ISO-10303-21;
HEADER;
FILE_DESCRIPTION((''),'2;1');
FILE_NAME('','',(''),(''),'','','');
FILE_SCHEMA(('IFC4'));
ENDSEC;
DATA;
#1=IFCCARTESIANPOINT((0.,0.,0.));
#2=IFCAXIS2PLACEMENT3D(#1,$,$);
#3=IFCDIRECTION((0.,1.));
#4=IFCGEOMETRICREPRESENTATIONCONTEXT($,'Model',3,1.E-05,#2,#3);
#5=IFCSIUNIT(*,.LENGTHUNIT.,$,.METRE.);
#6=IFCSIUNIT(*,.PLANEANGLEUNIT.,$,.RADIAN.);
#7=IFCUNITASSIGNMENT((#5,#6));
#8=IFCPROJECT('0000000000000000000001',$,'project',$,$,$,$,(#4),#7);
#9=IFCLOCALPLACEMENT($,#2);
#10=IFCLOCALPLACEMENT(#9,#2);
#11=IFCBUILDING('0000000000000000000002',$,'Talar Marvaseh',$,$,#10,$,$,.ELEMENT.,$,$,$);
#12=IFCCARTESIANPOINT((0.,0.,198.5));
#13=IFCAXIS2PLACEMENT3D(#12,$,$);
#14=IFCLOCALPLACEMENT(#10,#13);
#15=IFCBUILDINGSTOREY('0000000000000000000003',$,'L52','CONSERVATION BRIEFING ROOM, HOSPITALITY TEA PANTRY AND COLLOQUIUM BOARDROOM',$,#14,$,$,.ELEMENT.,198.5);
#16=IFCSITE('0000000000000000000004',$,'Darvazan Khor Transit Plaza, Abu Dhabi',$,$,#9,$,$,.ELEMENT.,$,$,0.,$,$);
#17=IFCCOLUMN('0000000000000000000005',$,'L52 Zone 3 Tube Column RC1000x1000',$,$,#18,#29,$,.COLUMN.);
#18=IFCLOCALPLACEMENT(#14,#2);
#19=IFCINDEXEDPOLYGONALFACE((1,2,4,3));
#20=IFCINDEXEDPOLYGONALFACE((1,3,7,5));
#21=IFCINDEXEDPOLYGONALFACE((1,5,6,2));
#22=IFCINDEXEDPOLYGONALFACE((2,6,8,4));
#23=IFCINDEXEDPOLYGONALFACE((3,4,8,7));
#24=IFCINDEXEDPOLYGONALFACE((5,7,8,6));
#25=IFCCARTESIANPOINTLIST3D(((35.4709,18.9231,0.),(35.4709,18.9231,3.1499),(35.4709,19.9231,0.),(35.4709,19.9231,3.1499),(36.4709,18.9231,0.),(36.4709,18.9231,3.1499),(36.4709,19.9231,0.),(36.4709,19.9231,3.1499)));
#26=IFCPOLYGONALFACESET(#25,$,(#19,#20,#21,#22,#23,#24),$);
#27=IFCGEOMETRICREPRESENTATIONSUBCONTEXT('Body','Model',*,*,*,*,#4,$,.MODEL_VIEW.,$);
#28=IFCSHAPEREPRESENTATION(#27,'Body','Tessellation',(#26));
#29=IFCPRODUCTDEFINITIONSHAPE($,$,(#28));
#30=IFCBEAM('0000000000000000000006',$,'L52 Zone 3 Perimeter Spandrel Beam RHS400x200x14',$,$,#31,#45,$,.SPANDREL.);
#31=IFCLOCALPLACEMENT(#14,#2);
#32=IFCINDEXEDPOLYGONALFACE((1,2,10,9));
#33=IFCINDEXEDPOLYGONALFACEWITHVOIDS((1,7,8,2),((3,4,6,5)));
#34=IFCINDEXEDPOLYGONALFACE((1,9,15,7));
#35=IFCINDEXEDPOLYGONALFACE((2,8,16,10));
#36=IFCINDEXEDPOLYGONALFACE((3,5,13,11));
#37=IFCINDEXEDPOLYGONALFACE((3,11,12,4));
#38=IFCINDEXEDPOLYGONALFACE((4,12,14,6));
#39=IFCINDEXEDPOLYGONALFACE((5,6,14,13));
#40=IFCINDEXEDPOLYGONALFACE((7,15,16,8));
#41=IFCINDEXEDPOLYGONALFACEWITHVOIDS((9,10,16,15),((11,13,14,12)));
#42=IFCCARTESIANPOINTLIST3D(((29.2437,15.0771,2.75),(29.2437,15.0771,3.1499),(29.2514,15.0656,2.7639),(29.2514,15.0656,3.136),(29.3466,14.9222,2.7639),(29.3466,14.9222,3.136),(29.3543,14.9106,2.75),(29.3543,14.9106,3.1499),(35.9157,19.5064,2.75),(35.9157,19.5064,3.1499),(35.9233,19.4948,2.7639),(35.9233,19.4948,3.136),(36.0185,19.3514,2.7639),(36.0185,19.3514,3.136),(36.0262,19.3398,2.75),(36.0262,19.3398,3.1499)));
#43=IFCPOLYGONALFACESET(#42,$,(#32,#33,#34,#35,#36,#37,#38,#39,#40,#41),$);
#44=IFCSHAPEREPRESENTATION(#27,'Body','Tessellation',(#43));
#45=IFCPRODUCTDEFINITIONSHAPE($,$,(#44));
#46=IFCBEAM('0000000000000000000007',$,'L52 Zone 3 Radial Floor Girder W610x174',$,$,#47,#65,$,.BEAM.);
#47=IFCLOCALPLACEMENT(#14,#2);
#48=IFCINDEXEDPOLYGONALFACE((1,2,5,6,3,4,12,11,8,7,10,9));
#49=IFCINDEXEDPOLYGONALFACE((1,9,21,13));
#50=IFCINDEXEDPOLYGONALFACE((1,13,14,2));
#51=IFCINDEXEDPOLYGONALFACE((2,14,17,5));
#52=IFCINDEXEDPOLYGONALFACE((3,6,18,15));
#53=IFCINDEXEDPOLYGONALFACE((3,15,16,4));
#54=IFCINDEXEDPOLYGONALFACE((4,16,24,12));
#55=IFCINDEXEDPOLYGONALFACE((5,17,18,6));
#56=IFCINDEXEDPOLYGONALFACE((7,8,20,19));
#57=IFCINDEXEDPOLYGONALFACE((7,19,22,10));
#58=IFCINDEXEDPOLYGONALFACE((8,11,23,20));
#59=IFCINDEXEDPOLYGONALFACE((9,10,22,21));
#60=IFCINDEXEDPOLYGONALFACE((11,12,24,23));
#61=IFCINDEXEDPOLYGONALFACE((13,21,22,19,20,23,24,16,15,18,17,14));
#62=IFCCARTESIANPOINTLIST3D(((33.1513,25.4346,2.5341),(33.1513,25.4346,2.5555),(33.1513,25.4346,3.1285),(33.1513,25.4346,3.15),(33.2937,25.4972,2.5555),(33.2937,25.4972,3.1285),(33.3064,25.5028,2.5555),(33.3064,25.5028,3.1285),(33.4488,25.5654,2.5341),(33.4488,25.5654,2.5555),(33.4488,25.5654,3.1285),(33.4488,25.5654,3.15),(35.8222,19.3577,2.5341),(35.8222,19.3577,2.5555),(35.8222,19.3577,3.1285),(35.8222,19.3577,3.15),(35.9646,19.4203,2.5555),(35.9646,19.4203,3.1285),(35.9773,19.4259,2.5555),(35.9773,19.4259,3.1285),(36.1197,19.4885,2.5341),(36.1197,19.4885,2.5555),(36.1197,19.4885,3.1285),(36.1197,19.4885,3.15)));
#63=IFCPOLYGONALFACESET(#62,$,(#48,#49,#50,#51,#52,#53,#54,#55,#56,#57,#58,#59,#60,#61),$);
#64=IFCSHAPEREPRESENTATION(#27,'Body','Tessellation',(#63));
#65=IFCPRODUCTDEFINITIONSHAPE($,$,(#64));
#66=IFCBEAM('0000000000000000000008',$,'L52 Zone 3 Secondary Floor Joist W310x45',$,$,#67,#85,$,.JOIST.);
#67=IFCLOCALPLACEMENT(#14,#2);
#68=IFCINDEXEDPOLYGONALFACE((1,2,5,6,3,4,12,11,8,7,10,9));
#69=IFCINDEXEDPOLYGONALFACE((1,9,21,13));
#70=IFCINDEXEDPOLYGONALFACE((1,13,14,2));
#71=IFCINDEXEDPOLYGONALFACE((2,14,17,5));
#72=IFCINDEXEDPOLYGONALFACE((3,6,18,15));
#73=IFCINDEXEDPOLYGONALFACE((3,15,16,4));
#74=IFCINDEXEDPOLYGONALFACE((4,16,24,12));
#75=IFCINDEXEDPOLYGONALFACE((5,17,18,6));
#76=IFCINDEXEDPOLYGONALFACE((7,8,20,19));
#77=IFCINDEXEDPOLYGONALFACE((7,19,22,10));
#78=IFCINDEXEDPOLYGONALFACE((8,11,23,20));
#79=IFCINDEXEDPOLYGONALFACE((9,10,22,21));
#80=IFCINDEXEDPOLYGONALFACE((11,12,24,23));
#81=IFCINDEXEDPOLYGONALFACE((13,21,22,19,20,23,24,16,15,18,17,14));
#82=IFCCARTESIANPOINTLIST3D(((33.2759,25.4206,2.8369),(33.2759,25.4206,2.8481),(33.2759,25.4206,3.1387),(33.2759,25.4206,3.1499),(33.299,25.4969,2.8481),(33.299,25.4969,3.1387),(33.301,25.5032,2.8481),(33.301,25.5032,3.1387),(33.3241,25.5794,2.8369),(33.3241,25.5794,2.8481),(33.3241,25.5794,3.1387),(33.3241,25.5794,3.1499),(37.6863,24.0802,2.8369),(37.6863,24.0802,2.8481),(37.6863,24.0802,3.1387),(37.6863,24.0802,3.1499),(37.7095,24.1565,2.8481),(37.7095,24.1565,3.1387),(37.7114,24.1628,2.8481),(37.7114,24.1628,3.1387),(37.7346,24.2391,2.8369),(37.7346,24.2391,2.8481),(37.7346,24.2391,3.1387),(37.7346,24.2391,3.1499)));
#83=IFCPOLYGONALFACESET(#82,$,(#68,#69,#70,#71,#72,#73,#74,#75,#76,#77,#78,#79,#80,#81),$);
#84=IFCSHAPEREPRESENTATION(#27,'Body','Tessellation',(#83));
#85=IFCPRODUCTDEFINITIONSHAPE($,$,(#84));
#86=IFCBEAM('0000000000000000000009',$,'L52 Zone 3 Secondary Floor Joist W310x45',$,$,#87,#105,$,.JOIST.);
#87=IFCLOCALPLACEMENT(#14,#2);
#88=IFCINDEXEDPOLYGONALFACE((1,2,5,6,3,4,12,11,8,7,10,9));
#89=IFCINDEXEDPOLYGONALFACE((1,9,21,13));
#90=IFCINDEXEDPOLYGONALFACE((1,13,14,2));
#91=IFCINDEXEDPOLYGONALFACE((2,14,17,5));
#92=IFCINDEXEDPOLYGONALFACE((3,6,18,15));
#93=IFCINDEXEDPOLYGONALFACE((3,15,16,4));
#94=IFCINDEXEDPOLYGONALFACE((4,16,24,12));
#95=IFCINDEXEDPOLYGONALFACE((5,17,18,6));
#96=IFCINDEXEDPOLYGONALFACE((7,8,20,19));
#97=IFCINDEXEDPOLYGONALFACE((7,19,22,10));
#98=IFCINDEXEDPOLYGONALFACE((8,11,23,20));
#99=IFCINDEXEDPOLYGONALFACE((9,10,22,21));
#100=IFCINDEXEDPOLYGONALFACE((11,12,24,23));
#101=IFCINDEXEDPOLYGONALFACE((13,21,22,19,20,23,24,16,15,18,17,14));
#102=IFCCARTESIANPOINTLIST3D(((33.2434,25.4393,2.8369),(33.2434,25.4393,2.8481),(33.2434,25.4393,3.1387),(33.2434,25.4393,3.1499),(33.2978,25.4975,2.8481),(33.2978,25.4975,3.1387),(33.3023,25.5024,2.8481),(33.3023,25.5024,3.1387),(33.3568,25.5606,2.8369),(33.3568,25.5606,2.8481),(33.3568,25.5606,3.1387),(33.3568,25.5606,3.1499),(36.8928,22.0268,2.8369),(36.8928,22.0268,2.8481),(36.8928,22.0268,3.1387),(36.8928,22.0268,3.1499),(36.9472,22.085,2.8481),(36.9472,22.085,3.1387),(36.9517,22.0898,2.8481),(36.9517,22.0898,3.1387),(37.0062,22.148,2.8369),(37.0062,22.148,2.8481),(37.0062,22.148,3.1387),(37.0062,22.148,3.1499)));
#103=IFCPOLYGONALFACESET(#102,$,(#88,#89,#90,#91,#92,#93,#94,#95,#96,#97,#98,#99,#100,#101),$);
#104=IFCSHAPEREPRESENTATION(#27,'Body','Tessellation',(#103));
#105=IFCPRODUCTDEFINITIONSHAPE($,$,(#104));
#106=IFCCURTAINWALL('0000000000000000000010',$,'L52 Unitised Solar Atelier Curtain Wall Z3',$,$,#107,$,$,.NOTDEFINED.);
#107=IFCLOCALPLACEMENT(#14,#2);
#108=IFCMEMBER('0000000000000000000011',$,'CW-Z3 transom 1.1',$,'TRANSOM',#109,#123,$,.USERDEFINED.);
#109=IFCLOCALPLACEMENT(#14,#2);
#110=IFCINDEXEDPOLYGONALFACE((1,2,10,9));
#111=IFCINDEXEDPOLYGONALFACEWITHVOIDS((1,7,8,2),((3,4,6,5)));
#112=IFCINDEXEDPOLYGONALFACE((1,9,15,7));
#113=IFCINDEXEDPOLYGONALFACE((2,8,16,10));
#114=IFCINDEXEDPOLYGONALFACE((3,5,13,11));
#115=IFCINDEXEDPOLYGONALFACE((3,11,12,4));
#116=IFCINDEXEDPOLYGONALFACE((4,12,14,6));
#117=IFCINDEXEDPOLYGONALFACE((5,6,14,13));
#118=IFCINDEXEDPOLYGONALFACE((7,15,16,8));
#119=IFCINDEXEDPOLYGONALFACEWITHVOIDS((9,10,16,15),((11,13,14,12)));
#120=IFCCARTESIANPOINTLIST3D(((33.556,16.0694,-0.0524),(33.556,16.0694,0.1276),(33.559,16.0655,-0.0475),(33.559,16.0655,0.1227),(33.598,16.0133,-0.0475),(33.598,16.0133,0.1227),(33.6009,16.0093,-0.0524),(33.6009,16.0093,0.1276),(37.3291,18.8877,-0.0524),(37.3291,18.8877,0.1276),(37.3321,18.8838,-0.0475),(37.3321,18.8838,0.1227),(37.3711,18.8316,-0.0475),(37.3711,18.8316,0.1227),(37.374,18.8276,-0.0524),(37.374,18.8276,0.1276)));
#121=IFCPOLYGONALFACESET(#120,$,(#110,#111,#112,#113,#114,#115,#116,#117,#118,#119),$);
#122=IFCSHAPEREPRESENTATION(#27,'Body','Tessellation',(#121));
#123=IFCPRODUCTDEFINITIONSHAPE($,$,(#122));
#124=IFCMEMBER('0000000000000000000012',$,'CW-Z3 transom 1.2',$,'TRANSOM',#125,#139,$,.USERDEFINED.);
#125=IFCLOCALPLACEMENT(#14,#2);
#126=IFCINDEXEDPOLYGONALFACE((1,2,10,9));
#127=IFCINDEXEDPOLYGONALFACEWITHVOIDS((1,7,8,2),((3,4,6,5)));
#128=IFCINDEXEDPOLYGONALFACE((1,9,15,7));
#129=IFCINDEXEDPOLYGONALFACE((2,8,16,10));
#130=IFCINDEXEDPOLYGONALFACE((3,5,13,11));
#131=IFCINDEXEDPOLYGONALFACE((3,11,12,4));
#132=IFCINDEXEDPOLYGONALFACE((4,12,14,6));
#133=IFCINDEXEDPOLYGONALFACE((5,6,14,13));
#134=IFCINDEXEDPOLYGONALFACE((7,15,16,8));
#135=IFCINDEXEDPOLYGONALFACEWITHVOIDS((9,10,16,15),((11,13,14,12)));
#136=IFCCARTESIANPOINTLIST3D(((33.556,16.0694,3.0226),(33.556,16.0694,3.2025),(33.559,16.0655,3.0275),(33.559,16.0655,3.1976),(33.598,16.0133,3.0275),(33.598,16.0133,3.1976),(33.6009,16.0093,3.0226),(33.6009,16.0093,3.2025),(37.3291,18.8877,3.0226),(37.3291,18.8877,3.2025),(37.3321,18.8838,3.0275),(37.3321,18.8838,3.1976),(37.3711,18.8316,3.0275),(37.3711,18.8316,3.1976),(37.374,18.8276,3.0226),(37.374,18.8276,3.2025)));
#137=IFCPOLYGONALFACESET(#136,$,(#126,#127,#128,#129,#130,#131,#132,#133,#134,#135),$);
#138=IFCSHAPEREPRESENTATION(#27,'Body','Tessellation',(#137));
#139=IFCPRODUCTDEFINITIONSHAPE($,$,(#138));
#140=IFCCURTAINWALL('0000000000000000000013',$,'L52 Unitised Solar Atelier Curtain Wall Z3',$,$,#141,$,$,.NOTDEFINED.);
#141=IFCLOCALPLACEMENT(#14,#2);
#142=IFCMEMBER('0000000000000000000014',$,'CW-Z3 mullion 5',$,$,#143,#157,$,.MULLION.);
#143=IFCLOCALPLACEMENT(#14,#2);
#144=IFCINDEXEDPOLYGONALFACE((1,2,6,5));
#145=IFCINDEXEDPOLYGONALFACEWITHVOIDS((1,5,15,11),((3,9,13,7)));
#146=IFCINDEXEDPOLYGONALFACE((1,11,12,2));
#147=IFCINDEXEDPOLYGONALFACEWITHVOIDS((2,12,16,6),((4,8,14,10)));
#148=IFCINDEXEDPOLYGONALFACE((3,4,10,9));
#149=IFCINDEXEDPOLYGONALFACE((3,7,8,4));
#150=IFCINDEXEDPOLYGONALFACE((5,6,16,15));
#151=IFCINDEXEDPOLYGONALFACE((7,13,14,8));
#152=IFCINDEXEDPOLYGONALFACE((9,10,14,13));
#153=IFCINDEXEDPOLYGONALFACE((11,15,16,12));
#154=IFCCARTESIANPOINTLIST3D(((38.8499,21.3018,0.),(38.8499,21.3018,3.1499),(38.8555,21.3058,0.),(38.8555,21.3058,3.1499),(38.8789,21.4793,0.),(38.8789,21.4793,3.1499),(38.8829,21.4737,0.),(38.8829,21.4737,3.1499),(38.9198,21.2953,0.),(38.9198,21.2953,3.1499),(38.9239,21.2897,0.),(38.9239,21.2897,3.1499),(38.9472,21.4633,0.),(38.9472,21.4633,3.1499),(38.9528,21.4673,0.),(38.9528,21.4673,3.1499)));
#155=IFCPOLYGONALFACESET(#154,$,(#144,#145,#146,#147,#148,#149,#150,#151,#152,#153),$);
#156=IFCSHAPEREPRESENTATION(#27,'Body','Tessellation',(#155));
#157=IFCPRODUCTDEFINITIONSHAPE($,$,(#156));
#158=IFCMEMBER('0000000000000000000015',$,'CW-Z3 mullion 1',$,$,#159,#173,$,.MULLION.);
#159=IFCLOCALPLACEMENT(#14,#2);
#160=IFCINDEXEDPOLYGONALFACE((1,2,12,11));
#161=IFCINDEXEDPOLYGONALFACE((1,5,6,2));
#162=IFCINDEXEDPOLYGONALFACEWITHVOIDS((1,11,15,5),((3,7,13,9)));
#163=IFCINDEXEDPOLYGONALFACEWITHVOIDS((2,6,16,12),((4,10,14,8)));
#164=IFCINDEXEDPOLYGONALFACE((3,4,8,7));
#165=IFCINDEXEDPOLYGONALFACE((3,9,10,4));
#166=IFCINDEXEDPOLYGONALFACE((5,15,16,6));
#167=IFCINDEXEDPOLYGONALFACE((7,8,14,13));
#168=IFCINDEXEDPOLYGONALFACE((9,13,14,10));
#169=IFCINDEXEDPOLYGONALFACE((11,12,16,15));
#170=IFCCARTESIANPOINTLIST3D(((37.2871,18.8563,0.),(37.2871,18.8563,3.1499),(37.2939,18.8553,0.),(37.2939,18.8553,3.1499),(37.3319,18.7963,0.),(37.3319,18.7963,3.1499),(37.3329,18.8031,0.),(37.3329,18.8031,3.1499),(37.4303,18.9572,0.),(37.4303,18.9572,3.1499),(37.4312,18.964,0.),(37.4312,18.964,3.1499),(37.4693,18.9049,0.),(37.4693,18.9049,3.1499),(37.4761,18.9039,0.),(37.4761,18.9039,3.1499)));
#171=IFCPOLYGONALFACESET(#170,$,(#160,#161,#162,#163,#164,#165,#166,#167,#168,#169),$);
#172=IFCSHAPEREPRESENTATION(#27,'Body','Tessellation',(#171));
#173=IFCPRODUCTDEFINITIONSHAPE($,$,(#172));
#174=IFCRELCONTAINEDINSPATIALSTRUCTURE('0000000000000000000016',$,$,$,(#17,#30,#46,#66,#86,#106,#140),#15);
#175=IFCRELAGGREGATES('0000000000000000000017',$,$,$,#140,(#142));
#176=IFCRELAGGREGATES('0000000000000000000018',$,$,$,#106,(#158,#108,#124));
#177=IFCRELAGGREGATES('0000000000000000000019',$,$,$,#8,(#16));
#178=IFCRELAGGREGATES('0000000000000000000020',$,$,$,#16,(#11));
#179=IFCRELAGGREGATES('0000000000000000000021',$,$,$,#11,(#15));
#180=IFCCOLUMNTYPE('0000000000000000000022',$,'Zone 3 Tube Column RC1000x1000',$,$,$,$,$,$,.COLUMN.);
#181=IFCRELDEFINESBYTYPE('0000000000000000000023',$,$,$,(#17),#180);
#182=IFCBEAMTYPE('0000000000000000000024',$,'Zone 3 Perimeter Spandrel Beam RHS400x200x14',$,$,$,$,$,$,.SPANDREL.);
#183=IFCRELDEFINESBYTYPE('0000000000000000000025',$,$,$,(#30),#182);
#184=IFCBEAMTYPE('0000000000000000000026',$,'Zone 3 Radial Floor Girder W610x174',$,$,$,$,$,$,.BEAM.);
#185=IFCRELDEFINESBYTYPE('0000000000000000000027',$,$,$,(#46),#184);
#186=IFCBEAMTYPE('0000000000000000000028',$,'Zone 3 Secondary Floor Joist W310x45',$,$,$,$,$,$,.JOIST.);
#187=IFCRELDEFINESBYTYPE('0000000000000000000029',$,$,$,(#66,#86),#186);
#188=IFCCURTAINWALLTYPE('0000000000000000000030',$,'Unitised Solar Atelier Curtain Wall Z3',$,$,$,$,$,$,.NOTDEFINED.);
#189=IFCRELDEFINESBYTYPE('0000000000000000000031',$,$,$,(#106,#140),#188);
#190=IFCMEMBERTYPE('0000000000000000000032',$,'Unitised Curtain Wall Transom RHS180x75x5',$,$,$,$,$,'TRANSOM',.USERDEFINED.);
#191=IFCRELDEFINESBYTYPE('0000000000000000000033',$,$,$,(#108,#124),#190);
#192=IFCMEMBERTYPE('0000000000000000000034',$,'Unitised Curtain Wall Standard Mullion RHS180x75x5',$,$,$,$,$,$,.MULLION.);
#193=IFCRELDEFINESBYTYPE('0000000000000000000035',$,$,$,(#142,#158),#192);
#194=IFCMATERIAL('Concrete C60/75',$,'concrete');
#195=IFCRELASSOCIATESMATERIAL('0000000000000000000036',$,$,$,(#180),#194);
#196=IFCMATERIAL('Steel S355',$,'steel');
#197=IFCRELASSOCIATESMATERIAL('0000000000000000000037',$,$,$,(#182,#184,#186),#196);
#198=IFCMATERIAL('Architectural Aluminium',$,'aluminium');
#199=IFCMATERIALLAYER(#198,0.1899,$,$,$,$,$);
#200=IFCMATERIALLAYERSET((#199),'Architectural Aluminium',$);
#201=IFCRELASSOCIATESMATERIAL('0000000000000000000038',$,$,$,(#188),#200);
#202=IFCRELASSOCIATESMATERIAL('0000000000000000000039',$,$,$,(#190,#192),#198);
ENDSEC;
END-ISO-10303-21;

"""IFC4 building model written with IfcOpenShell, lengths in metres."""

from ifc_helpers import new_model, si_unit, direction, frame, origin, origin_2d, place, context, subcontext, project, spatial, rectangle, hollow_rectangle, i_section, extrude, source, transform, mapped, material, layer, layer_set, material_profile, profile_set, type_object, type_shapes, element, aggregate, save


model = new_model("IFC4")

# Units and contexts
model_context = context("Model", 3, precision=1e-05, world=origin(), true_north=direction((0.0, 1.0)))
body_context = subcontext(model_context, "Body", "Model", "MODEL_VIEW")
ifc_project = project(units=[si_unit("LENGTHUNIT", "METRE"), si_unit("PLANEANGLEUNIT", "RADIAN")], contexts=[model_context])

# Site, building, storey
site_placement = place(None, origin())
site = spatial("IfcSite", under=ifc_project, at=site_placement, Name="Darvazan Khor Transit Plaza, Abu Dhabi", CompositionType="ELEMENT", RefElevation=0.0)
building_placement = place(site_placement, origin())
building = spatial("IfcBuilding", under=site, at=building_placement, Name="Talar Marvaseh", CompositionType="ELEMENT")
storey_placement = place(building_placement, frame((0.0, 0.0, 198.5)))
storey = spatial("IfcBuildingStorey", under=building, at=storey_placement, Name="L52", Description="CONSERVATION BRIEFING ROOM, HOSPITALITY TEA PANTRY AND COLLOQUIUM BOARDROOM", CompositionType="ELEMENT", Elevation=198.5)

# Column
ifc_material_1 = material(Name="Concrete C60/75", Category="concrete")
ifc_material_profile_1 = material_profile(ifc_material_1, rectangle(XDim=1.0, YDim=1.0, at=origin_2d()), Name="RC1000x1000")
ifc_profile_set_1 = profile_set([ifc_material_profile_1], Name="Concrete C60/75")
column_type = type_object("IfcColumnType", Name="Zone 3 Tube Column RC1000x1000", PredefinedType="COLUMN", material=ifc_profile_set_1)
column_placement = place(storey_placement, frame((35.9709, 19.4231, 0.0), z_axis=(0.0, 0.0, 1.0), x_axis=(1.0, 0.0, 0.0)))
element("IfcColumn", 1, at=column_placement, inside=storey, type_object=column_type, Name="L52 Zone 3 Tube Column RC1000x1000", PredefinedType="COLUMN", context=body_context, shape_type="SweptSolid", body=[
    extrude(rectangle(XDim=1.0, YDim=1.0, at=origin_2d()), origin(), (0.0, 0.0, 1.0), 3.1499),
])

# Beams
ifc_material_2 = material(Name="Steel S355", Category="steel")
ifc_material_profile_2 = material_profile(ifc_material_2, hollow_rectangle(XDim=0.2, YDim=0.3999, WallThickness=0.0139, at=origin_2d()), Name="RHS400x200x14")
ifc_profile_set_2 = profile_set([ifc_material_profile_2], Name="Steel S355")
beam_type_1 = type_object("IfcBeamType", Name="Zone 3 Perimeter Spandrel Beam RHS400x200x14", PredefinedType="SPANDREL", material=ifc_profile_set_2)
beam_1_placement = place(storey_placement, frame((35.9709, 19.4231, 2.95), z_axis=(-0.833127, -0.553081, 0.0), x_axis=(0.553081, -0.833127, 0.0)))
element("IfcBeam", 2, at=beam_1_placement, inside=storey, type_object=beam_type_1, Name="L52 Zone 3 Perimeter Spandrel Beam RHS400x200x14", PredefinedType="SPANDREL", context=body_context, shape_type="SweptSolid", body=[
    extrude(hollow_rectangle(XDim=0.2, YDim=0.3999, WallThickness=0.0139, at=origin_2d()), origin(), (0.0, 0.0, 1.0), 8.0083),
])
ifc_material_profile_3 = material_profile(ifc_material_2, i_section(OverallWidth=0.325, OverallDepth=0.616, WebThickness=0.0139, FlangeThickness=0.0215, at=origin_2d()), Name="W610x174")
ifc_profile_set_3 = profile_set([ifc_material_profile_3], Name="Steel S355")
beam_type_2 = type_object("IfcBeamType", Name="Zone 3 Radial Floor Girder W610x174", PredefinedType="BEAM", material=ifc_profile_set_3)
beam_2_placement = place(storey_placement, frame((35.9709, 19.4231, 2.842), z_axis=(-0.402368, 0.915478, 0.0), x_axis=(-0.915478, -0.402368, 0.0)))
element("IfcBeam", 3, at=beam_2_placement, inside=storey, type_object=beam_type_2, Name="L52 Zone 3 Radial Floor Girder W610x174", PredefinedType="BEAM", context=body_context, shape_type="SweptSolid", body=[
    extrude(i_section(OverallWidth=0.325, OverallDepth=0.616, WebThickness=0.0139, FlangeThickness=0.0215, at=origin_2d()), origin(), (0.0, 0.0, 1.0), 6.6379),
])
ifc_material_profile_4 = material_profile(ifc_material_2, i_section(OverallWidth=0.166, OverallDepth=0.313, WebThickness=0.0066, FlangeThickness=0.0112, at=origin_2d()), Name="W310x45")
ifc_profile_set_4 = profile_set([ifc_material_profile_4], Name="Steel S355")
beam_type_3 = type_object("IfcBeamType", Name="Zone 3 Secondary Floor Joist W310x45", PredefinedType="JOIST", material=ifc_profile_set_4)
beam_3_placement = place(storey_placement, frame((37.7104, 24.1597, 2.9934), z_axis=(-0.956792, 0.290772, 0.0), x_axis=(-0.290772, -0.956792, 0.0)))
element("IfcBeam", 4, at=beam_3_placement, inside=storey, type_object=beam_type_3, Name="L52 Zone 3 Secondary Floor Joist W310x45", PredefinedType="JOIST", context=body_context, shape_type="SweptSolid", body=[
    extrude(i_section(OverallWidth=0.166, OverallDepth=0.313, WebThickness=0.0066, FlangeThickness=0.0112, at=origin_2d()), origin(), (0.0, 0.0, 1.0), 4.6096),
])
beam_4_placement = place(storey_placement, frame((36.9495, 22.0874, 2.9934), z_axis=(-0.730408, 0.683011, 0.0), x_axis=(-0.683011, -0.730408, 0.0)))
element("IfcBeam", 5, at=beam_4_placement, inside=storey, type_object=beam_type_3, Name="L52 Zone 3 Secondary Floor Joist W310x45", PredefinedType="JOIST", context=body_context, shape_type="SweptSolid", body=[
    extrude(i_section(OverallWidth=0.166, OverallDepth=0.313, WebThickness=0.0066, FlangeThickness=0.0112, at=origin_2d()), origin(), (0.0, 0.0, 1.0), 4.9963),
])

# Curtain wall, members
ifc_material_3 = material(Name="Architectural Aluminium", Category="aluminium")
ifc_layer_1 = layer(ifc_material_3, 0.1899)
ifc_layer_set_1 = layer_set([ifc_layer_1], Name="Architectural Aluminium")
curtain_wall_type = type_object("IfcCurtainWallType", Name="Unitised Solar Atelier Curtain Wall Z3", PredefinedType="NOTDEFINED", material=ifc_layer_set_1)
curtain_wall_1_placement = place(storey_placement, origin())
curtain_wall_1 = element("IfcCurtainWall", 6, at=curtain_wall_1_placement, inside=storey, type_object=curtain_wall_type, Name="L52 Unitised Solar Atelier Curtain Wall Z3", PredefinedType="NOTDEFINED")
ifc_material_profile_5 = material_profile(ifc_material_3, hollow_rectangle(XDim=0.075, YDim=0.1799, WallThickness=0.0049, at=origin_2d()), Name="RHS180x75x5")
ifc_profile_set_5 = profile_set([ifc_material_profile_5], Name="Architectural Aluminium")
member_type_1 = type_object("IfcMemberType", Name="Unitised Curtain Wall Transom RHS180x75x5", ElementType="TRANSOM", PredefinedType="USERDEFINED", material=ifc_profile_set_5)
shared_shape_1 = source(origin(), body_context, "Body", "SweptSolid", [
    extrude(hollow_rectangle(XDim=0.075, YDim=0.1799, WallThickness=0.0049, at=origin_2d()), origin(), (0.0, 0.0, 1.0), 4.7095),
])
type_shapes(member_type_1, [shared_shape_1])
member_1_placement = place(storey_placement, frame((37.3516, 18.8577, 0.0376), z_axis=(-0.801174, -0.598431, 0.0), x_axis=(0.598431, -0.801174, 0.0)))
member_1 = element("IfcMember", 7, at=member_1_placement, type_object=member_type_1, Name="CW-Z3 transom 1.1", ObjectType="TRANSOM", PredefinedType="USERDEFINED", context=body_context, shape_type="MappedRepresentation", body=[
    mapped(shared_shape_1, transform((0.0, 0.0, 0.0), x_axis=(1.0, 0.0, 0.0), y_axis=(0.0, 1.0, 0.0), z_axis=(0.0, 0.0, 1.0), scale=1.0)),
])
member_2_placement = place(storey_placement, frame((37.3516, 18.8577, 3.1125), z_axis=(-0.801174, -0.598431, 0.0), x_axis=(0.598431, -0.801174, 0.0)))
member_2 = element("IfcMember", 8, at=member_2_placement, type_object=member_type_1, Name="CW-Z3 transom 1.2", ObjectType="TRANSOM", PredefinedType="USERDEFINED", context=body_context, shape_type="MappedRepresentation", body=[
    mapped(shared_shape_1, transform((0.0, 0.0, 0.0), x_axis=(1.0, 0.0, 0.0), y_axis=(0.0, 1.0, 0.0), z_axis=(0.0, 0.0, 1.0), scale=1.0)),
])

# Curtain wall, member
curtain_wall_2_placement = place(storey_placement, origin())
curtain_wall_2 = element("IfcCurtainWall", 9, at=curtain_wall_2_placement, inside=storey, type_object=curtain_wall_type, Name="L52 Unitised Solar Atelier Curtain Wall Z3", PredefinedType="NOTDEFINED")
ifc_material_profile_6 = material_profile(ifc_material_3, hollow_rectangle(XDim=0.075, YDim=0.1799, WallThickness=0.0049, at=origin_2d()), Name="RHS180x75x5")
ifc_profile_set_6 = profile_set([ifc_material_profile_6], Name="Architectural Aluminium")
member_type_2 = type_object("IfcMemberType", Name="Unitised Curtain Wall Standard Mullion RHS180x75x5", PredefinedType="MULLION", material=ifc_profile_set_6)
shared_shape_2 = source(origin(), body_context, "Body", "SweptSolid", [
    extrude(hollow_rectangle(XDim=0.075, YDim=0.1799, WallThickness=0.0049, at=origin_2d()), origin(), (0.0, 0.0, 1.0), 3.1499),
])
type_shapes(member_type_2, [shared_shape_2])
member_3_placement = place(storey_placement, frame((38.9014, 21.3845, 0.0), z_axis=(0.0, 0.0, 1.0), x_axis=(0.986971, -0.160896, 0.0)))
member_3 = element("IfcMember", 10, at=member_3_placement, type_object=member_type_2, Name="CW-Z3 mullion 5", PredefinedType="MULLION", context=body_context, shape_type="MappedRepresentation", body=[
    mapped(shared_shape_2, transform((0.0, 0.0, 0.0), x_axis=(1.0, 0.0, 0.0), y_axis=(0.0, 1.0, 0.0), z_axis=(0.0, 0.0, 1.0), scale=1.0)),
])

# Member
member_4_placement = place(storey_placement, frame((37.3816, 18.8801, 0.0), z_axis=(0.0, 0.0, 1.0), x_axis=(0.598448, -0.801162, 0.0)))
member_4 = element("IfcMember", 11, at=member_4_placement, type_object=member_type_2, Name="CW-Z3 mullion 1", PredefinedType="MULLION", context=body_context, shape_type="MappedRepresentation", body=[
    mapped(shared_shape_2, transform((0.0, 0.0, 0.0), x_axis=(1.0, 0.0, 0.0), y_axis=(0.0, 1.0, 0.0), z_axis=(0.0, 0.0, 1.0), scale=1.0)),
])

aggregate(curtain_wall_2, [member_3])
aggregate(curtain_wall_1, [member_4, member_1, member_2])

save(model, "model.ifc")
